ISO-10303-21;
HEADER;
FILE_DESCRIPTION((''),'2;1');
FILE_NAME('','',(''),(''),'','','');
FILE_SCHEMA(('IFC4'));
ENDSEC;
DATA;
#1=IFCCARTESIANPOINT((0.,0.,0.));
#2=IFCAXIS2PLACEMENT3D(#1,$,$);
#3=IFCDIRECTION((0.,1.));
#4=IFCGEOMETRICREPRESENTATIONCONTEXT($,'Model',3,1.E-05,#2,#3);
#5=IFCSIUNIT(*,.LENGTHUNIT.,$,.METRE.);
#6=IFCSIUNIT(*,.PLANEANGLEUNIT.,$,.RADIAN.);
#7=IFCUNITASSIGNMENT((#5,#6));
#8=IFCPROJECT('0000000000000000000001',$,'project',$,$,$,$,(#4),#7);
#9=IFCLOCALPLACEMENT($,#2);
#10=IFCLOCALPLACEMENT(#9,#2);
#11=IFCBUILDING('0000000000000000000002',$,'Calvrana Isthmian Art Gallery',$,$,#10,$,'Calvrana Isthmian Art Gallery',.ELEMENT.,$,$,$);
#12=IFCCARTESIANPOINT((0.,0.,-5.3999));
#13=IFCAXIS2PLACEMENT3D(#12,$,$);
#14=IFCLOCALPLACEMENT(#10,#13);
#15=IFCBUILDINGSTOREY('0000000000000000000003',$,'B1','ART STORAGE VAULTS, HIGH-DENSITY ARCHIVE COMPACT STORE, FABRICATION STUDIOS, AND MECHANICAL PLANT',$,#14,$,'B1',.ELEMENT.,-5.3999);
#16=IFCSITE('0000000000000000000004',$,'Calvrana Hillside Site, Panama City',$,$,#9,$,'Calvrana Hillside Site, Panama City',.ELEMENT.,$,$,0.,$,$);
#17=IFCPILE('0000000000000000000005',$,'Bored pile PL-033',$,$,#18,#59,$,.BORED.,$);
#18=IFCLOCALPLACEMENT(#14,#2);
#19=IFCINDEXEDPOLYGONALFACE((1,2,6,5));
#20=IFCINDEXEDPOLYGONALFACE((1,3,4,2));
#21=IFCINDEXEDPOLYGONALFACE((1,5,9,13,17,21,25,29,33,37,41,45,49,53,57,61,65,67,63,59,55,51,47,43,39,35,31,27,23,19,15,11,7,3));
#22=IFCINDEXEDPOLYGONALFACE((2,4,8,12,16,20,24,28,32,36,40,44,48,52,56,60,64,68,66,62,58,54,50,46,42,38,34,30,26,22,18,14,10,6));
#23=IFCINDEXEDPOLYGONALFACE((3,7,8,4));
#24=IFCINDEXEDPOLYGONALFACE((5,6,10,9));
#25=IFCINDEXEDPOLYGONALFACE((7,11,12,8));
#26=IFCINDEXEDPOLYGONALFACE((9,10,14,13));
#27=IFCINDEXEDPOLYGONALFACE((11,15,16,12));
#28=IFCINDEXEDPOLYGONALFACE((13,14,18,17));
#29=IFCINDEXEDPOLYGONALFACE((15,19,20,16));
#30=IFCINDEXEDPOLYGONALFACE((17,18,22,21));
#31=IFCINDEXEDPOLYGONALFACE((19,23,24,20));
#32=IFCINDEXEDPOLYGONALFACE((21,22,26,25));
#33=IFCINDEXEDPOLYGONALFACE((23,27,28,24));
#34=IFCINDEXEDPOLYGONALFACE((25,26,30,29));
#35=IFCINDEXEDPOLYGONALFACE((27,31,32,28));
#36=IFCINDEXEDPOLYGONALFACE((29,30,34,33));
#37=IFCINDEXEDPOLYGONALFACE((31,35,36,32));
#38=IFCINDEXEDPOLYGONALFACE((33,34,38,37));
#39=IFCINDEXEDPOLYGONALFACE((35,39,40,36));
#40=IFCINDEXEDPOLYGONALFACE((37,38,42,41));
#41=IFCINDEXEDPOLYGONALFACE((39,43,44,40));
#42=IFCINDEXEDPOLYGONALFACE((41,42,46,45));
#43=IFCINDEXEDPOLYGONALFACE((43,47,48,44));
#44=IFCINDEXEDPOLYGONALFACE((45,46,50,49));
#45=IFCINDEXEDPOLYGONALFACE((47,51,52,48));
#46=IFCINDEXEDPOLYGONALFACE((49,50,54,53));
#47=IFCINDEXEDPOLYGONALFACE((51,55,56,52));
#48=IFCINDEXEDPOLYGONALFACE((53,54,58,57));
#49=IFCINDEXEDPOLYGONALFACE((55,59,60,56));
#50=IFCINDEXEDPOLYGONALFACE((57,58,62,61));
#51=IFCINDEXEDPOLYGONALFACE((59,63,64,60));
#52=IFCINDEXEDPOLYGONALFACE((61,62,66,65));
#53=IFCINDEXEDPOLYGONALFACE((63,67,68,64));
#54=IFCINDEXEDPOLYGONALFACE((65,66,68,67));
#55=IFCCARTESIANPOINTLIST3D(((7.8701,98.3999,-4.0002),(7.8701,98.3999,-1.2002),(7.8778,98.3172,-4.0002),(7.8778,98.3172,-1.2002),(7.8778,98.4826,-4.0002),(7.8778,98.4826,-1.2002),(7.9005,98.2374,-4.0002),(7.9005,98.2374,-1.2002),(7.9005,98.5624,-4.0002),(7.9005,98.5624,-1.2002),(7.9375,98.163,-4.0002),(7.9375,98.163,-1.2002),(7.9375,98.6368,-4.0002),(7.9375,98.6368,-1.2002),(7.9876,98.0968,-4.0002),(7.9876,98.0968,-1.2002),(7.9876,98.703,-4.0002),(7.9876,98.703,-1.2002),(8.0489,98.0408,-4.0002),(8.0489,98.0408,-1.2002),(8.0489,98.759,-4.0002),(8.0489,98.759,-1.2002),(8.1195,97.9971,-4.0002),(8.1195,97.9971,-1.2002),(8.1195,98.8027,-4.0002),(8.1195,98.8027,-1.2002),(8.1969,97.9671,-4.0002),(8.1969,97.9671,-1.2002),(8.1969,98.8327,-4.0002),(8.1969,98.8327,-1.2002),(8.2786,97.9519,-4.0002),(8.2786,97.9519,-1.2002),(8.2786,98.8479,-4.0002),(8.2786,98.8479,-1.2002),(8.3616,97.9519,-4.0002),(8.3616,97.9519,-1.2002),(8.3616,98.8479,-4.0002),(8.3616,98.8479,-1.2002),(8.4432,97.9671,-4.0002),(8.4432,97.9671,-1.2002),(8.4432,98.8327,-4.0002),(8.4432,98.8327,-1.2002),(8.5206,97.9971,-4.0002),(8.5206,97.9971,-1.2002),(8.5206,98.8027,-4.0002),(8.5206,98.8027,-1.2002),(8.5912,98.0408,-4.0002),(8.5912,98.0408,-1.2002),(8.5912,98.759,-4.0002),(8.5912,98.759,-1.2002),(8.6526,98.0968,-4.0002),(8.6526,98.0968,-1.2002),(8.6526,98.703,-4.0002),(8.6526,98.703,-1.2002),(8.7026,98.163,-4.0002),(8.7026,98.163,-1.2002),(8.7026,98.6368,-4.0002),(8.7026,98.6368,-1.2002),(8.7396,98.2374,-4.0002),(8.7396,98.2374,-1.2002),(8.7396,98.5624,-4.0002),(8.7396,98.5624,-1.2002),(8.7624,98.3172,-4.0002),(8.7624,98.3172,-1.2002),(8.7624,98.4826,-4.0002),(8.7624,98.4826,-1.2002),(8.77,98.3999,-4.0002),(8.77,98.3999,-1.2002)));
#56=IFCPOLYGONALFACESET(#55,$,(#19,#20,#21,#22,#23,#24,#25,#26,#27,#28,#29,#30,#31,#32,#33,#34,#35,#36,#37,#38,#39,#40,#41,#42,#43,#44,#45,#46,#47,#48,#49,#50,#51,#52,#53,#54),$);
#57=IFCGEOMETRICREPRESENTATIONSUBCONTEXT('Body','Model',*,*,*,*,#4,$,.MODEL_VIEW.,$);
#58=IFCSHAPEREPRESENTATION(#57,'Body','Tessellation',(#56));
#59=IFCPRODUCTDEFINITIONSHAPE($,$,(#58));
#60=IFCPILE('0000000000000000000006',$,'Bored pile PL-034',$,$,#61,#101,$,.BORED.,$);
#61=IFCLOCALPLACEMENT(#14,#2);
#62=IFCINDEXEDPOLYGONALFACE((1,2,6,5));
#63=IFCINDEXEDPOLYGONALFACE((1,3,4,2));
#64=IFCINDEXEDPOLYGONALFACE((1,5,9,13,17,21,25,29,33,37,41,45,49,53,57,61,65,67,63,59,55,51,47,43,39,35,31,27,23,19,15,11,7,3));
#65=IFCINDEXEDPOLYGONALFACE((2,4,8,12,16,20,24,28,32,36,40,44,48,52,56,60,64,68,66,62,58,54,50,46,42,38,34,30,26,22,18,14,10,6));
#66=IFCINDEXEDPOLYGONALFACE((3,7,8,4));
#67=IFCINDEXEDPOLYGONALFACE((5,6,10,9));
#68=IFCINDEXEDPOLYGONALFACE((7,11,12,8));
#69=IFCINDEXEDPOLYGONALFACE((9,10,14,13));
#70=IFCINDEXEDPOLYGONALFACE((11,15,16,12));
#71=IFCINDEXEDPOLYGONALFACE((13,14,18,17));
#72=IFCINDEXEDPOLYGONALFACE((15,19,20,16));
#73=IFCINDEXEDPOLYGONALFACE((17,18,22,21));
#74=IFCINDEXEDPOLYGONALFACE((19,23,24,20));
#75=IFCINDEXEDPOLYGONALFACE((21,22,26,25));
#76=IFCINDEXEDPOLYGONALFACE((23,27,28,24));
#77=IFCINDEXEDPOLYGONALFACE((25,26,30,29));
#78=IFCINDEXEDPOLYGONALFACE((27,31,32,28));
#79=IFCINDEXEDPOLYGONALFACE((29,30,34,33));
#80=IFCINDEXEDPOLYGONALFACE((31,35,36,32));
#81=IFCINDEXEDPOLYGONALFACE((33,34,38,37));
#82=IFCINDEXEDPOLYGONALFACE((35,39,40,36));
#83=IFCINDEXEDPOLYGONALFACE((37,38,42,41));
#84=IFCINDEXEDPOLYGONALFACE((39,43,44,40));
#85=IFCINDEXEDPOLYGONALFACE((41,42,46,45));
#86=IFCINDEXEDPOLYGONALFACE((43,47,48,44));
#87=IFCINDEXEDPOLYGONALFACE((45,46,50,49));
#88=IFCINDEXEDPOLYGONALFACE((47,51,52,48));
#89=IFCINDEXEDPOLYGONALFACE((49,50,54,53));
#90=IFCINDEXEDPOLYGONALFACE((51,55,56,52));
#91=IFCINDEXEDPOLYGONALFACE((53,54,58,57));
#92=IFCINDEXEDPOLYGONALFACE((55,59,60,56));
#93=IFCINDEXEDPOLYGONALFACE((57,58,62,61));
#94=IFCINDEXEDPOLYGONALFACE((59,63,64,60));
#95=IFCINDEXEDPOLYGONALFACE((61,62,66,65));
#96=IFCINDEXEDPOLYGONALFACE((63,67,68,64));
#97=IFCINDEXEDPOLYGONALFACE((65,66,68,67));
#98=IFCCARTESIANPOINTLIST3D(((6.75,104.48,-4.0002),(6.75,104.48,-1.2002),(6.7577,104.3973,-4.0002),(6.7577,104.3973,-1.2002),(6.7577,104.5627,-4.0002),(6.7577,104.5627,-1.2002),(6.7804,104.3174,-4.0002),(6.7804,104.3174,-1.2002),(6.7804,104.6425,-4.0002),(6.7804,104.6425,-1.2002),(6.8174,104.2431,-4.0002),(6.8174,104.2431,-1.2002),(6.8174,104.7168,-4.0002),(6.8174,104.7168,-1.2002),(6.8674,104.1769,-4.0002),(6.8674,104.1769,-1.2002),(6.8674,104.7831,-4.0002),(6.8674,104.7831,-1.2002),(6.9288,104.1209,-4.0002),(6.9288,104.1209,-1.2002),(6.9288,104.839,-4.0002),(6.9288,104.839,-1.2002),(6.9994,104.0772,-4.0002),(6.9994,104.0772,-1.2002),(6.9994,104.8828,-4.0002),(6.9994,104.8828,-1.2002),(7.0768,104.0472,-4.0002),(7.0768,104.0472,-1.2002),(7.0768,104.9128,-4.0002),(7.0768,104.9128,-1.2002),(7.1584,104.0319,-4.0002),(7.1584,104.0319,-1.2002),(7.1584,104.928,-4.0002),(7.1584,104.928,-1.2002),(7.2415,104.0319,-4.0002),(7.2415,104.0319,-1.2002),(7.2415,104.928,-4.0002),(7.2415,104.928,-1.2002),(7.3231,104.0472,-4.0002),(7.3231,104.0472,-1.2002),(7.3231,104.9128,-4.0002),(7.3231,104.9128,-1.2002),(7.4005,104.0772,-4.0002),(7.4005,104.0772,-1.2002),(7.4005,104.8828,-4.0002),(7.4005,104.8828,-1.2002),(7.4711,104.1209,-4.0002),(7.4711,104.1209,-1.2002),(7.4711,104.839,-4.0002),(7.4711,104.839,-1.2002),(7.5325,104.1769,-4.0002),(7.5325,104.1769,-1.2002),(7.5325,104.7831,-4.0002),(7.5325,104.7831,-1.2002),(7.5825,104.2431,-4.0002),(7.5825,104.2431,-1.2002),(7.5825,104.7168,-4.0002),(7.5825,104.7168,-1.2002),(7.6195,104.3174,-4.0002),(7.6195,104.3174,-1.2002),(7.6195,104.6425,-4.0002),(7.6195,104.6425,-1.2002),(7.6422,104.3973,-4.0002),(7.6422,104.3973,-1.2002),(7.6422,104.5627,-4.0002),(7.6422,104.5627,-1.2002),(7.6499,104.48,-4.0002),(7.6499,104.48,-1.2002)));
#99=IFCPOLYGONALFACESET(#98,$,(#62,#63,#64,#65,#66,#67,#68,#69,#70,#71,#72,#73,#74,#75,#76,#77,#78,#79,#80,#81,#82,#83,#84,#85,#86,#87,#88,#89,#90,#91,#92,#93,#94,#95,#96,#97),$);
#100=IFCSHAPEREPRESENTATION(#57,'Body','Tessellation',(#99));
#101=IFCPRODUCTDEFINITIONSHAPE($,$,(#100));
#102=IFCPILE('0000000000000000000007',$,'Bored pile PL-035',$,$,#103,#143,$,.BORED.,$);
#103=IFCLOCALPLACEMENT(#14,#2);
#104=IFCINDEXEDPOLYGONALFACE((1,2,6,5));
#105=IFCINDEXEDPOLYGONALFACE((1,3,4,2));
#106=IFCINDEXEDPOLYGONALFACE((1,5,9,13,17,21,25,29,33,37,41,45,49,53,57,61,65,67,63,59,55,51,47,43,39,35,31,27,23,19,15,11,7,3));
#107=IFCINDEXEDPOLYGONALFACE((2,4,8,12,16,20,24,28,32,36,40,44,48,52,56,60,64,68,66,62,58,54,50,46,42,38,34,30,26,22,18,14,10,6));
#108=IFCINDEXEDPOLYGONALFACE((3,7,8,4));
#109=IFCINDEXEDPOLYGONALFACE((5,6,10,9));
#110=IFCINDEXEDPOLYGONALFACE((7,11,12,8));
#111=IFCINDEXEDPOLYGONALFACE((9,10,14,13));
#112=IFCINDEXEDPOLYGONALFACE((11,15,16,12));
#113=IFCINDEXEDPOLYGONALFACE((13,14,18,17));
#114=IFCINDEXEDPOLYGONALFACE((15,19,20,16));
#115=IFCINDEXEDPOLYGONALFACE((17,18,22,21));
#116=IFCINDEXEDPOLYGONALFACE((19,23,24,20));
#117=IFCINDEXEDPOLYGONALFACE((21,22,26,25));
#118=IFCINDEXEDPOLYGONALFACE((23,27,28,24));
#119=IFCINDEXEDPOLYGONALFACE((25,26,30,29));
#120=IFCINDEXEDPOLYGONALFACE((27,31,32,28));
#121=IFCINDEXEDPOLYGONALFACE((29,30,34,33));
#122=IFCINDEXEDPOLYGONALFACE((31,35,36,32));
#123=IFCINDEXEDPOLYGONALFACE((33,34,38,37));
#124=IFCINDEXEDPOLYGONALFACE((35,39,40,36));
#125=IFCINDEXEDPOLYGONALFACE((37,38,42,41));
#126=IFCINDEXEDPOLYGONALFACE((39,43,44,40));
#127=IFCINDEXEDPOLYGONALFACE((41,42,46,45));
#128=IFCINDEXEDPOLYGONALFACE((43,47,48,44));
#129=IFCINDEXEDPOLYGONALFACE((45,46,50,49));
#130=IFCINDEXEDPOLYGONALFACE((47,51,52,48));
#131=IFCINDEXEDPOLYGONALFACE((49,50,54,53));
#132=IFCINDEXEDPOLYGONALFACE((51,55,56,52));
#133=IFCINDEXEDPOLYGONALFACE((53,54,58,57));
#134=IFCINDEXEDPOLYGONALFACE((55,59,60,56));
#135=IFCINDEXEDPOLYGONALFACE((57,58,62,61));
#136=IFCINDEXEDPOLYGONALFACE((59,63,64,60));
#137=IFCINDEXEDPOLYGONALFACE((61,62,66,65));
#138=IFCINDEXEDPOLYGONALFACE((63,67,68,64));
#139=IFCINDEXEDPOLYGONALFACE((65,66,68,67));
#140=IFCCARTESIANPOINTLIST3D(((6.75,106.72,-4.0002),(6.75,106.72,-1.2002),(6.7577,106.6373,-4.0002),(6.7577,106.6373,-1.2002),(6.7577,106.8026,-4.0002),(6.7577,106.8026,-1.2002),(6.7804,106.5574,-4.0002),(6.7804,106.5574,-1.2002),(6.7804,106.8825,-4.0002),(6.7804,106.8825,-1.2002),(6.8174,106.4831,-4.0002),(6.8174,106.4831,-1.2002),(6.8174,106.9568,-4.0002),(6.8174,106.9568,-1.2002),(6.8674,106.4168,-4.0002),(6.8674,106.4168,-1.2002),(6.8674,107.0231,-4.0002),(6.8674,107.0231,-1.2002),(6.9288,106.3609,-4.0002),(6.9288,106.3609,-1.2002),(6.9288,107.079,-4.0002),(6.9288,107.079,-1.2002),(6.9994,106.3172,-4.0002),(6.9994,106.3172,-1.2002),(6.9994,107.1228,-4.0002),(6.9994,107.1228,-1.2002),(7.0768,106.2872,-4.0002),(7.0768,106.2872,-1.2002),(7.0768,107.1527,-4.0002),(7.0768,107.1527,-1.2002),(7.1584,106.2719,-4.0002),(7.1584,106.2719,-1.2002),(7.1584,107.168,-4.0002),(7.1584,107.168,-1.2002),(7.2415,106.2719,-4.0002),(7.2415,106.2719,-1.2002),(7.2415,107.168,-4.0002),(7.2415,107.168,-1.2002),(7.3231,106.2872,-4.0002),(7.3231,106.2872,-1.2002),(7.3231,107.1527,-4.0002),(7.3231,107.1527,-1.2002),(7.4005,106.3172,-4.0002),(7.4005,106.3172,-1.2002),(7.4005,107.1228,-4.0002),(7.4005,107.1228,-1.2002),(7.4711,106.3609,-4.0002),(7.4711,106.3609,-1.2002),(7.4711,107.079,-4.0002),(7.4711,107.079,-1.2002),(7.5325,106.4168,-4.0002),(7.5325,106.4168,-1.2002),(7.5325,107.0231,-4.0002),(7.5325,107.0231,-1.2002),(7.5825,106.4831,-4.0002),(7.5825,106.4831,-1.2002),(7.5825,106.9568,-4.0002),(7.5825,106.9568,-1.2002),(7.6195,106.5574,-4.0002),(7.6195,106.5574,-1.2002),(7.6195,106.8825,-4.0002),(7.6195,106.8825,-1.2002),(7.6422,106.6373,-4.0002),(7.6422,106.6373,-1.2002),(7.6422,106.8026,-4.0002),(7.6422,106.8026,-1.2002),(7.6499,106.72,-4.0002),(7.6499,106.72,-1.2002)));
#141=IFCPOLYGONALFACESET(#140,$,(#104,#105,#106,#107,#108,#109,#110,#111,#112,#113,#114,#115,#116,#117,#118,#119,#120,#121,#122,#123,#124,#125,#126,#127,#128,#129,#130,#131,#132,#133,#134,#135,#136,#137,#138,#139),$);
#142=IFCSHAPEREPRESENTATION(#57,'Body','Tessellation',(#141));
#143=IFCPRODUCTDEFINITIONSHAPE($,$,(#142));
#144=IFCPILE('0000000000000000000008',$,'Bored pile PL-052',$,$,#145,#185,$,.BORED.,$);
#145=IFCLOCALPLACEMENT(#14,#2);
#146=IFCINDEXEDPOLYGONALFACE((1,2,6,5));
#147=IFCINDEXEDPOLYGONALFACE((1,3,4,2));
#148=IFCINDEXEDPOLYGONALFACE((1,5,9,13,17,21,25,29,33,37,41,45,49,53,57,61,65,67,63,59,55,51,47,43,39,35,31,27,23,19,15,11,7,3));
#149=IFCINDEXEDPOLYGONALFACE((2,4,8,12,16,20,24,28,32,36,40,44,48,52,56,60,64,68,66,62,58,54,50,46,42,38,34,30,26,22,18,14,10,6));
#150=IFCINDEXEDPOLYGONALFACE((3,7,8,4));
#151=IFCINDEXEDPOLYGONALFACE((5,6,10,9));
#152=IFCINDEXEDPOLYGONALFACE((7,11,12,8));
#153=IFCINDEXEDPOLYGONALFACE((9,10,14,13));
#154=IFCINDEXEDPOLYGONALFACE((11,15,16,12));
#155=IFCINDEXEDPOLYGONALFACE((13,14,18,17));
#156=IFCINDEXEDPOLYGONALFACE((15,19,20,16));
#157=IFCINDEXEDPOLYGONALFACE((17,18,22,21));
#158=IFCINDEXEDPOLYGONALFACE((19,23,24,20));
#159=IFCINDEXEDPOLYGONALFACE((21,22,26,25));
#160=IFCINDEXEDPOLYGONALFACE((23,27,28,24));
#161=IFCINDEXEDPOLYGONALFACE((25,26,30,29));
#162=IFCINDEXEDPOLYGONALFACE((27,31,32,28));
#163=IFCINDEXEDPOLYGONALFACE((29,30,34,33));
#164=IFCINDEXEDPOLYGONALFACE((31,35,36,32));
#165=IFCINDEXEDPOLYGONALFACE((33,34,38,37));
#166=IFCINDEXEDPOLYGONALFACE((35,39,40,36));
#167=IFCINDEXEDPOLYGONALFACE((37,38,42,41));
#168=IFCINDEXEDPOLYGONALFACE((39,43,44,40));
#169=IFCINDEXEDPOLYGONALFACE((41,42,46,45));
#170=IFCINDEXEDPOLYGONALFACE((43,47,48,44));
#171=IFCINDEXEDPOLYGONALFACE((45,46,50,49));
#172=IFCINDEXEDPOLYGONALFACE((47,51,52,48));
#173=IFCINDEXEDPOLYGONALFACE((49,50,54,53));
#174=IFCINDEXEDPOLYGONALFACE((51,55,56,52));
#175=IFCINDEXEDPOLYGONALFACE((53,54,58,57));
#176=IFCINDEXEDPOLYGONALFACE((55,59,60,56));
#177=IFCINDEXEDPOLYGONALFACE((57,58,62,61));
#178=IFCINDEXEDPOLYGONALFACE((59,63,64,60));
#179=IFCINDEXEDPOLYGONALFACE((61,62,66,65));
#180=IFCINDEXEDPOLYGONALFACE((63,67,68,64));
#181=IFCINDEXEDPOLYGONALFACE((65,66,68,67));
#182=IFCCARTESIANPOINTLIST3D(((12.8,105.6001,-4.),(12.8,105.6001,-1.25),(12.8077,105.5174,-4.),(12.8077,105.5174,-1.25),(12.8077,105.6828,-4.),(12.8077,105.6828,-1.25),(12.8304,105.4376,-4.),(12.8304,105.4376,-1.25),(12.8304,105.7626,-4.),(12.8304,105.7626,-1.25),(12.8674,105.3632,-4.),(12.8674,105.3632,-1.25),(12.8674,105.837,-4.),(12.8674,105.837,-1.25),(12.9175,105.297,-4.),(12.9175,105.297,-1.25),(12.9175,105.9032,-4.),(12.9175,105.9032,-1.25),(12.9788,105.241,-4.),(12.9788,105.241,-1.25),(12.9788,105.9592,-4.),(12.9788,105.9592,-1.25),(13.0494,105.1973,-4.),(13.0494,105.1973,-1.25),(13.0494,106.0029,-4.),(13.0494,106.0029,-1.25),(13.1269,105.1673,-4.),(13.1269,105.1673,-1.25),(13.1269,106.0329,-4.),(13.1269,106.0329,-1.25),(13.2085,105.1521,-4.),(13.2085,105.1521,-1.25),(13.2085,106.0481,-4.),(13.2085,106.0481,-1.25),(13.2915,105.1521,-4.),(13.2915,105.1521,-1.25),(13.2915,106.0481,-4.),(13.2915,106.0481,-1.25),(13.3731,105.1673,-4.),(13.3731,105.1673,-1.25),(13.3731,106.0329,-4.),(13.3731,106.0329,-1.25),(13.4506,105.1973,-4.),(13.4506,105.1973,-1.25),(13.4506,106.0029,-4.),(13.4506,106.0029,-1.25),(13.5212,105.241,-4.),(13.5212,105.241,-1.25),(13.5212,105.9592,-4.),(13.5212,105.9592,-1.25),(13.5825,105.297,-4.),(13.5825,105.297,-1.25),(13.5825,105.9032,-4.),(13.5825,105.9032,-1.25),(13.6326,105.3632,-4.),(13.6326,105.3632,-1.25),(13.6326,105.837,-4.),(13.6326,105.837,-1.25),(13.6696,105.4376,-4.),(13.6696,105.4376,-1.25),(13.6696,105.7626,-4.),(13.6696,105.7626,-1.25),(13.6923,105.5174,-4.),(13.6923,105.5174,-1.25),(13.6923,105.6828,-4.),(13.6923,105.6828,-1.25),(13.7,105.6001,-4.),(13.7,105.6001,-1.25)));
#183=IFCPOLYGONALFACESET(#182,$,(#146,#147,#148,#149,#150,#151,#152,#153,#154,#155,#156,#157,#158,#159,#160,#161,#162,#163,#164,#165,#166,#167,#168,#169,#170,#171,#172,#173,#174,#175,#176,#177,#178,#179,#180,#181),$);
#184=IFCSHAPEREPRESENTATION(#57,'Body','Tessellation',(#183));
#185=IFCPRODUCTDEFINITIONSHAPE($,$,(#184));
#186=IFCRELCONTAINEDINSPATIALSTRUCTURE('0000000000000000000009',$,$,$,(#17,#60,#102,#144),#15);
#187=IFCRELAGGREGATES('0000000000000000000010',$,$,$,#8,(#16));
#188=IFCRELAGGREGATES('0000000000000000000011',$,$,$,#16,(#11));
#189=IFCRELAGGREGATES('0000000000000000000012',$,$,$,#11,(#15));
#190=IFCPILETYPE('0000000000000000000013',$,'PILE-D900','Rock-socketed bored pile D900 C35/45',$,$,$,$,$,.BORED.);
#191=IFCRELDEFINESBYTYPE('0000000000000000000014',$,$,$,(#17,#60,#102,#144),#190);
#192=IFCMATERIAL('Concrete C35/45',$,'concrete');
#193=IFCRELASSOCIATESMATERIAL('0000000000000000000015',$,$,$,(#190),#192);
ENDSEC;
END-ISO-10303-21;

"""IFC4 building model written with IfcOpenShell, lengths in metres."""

from ifc_helpers import new_model, si_unit, direction, frame, origin, origin_2d, place, context, subcontext, project, spatial, circle, extrude, material, material_profile, profile_set, type_object, element, save


model = new_model("IFC4")

# Units and contexts
model_context = context("Model", 3, precision=1e-05, world=origin(), true_north=direction((0.0, 1.0)))
body_context = subcontext(model_context, "Body", "Model", "MODEL_VIEW")
ifc_project = project(units=[si_unit("LENGTHUNIT", "METRE"), si_unit("PLANEANGLEUNIT", "RADIAN")], contexts=[model_context])

# Site, building, storey
site_placement = place(None, origin())
site = spatial("IfcSite", under=ifc_project, at=site_placement, Name="Calvrana Hillside Site, Panama City", LongName="Calvrana Hillside Site, Panama City", CompositionType="ELEMENT", RefElevation=0.0)
building_placement = place(site_placement, origin())
building = spatial("IfcBuilding", under=site, at=building_placement, Name="Calvrana Isthmian Art Gallery", LongName="Calvrana Isthmian Art Gallery", CompositionType="ELEMENT")
storey_placement = place(building_placement, frame((0.0, 0.0, -5.3999)))
storey = spatial("IfcBuildingStorey", under=building, at=storey_placement, Name="B1", Description="ART STORAGE VAULTS, HIGH-DENSITY ARCHIVE COMPACT STORE, FABRICATION STUDIOS, AND MECHANICAL PLANT", LongName="B1", CompositionType="ELEMENT", Elevation=-5.3999)

# Shared definitions
ifc_material_1 = material(Name="Concrete C35/45", Category="concrete")

# Piles
ifc_material_profile_1 = material_profile(ifc_material_1, circle(Radius=0.45, at=origin_2d()), Name="PILE900D")
ifc_profile_set_1 = profile_set([ifc_material_profile_1], Name="Concrete C35/45")
pile_type_1 = type_object("IfcPileType", Name="PILE-D900", Description="Rock-socketed bored pile D900 C35/45", PredefinedType="BORED", material=ifc_profile_set_1)
for number, where, z_axis, x_axis, name in (
    (1, (8.3201, 98.3999, -1.2002), (0.0, 0.0, -1.0), (1.0, 0.0, 0.0), "Bored pile PL-033"),
    (2, (7.2, 104.48, -1.2002), (0.0, 0.0, -1.0), (1.0, 0.0, 0.0), "Bored pile PL-034"),
    (3, (7.2, 106.72, -1.2002), (0.0, 0.0, -1.0), (1.0, 0.0, 0.0), "Bored pile PL-035"),
):
    element("IfcPile", number, at=place(storey_placement, frame(where, z_axis=z_axis, x_axis=x_axis)), inside=storey, type_object=pile_type_1, Name=name, PredefinedType="BORED", context=body_context, shape_type="SweptSolid", body=[
        extrude(circle(Radius=0.45, at=origin_2d()), origin(), (0.0, 0.0, 1.0), 2.8),
    ])
for number, where, z_axis, x_axis, name in (
    (4, (13.25, 105.6001, -1.25), (0.0, 0.0, -1.0), (1.0, 0.0, 0.0), "Bored pile PL-052"),
):
    element("IfcPile", number, at=place(storey_placement, frame(where, z_axis=z_axis, x_axis=x_axis)), inside=storey, type_object=pile_type_1, Name=name, PredefinedType="BORED", context=body_context, shape_type="SweptSolid", body=[
        extrude(circle(Radius=0.45, at=origin_2d()), origin(), (0.0, 0.0, 1.0), 2.75),
    ])

save(model, "model.ifc")
